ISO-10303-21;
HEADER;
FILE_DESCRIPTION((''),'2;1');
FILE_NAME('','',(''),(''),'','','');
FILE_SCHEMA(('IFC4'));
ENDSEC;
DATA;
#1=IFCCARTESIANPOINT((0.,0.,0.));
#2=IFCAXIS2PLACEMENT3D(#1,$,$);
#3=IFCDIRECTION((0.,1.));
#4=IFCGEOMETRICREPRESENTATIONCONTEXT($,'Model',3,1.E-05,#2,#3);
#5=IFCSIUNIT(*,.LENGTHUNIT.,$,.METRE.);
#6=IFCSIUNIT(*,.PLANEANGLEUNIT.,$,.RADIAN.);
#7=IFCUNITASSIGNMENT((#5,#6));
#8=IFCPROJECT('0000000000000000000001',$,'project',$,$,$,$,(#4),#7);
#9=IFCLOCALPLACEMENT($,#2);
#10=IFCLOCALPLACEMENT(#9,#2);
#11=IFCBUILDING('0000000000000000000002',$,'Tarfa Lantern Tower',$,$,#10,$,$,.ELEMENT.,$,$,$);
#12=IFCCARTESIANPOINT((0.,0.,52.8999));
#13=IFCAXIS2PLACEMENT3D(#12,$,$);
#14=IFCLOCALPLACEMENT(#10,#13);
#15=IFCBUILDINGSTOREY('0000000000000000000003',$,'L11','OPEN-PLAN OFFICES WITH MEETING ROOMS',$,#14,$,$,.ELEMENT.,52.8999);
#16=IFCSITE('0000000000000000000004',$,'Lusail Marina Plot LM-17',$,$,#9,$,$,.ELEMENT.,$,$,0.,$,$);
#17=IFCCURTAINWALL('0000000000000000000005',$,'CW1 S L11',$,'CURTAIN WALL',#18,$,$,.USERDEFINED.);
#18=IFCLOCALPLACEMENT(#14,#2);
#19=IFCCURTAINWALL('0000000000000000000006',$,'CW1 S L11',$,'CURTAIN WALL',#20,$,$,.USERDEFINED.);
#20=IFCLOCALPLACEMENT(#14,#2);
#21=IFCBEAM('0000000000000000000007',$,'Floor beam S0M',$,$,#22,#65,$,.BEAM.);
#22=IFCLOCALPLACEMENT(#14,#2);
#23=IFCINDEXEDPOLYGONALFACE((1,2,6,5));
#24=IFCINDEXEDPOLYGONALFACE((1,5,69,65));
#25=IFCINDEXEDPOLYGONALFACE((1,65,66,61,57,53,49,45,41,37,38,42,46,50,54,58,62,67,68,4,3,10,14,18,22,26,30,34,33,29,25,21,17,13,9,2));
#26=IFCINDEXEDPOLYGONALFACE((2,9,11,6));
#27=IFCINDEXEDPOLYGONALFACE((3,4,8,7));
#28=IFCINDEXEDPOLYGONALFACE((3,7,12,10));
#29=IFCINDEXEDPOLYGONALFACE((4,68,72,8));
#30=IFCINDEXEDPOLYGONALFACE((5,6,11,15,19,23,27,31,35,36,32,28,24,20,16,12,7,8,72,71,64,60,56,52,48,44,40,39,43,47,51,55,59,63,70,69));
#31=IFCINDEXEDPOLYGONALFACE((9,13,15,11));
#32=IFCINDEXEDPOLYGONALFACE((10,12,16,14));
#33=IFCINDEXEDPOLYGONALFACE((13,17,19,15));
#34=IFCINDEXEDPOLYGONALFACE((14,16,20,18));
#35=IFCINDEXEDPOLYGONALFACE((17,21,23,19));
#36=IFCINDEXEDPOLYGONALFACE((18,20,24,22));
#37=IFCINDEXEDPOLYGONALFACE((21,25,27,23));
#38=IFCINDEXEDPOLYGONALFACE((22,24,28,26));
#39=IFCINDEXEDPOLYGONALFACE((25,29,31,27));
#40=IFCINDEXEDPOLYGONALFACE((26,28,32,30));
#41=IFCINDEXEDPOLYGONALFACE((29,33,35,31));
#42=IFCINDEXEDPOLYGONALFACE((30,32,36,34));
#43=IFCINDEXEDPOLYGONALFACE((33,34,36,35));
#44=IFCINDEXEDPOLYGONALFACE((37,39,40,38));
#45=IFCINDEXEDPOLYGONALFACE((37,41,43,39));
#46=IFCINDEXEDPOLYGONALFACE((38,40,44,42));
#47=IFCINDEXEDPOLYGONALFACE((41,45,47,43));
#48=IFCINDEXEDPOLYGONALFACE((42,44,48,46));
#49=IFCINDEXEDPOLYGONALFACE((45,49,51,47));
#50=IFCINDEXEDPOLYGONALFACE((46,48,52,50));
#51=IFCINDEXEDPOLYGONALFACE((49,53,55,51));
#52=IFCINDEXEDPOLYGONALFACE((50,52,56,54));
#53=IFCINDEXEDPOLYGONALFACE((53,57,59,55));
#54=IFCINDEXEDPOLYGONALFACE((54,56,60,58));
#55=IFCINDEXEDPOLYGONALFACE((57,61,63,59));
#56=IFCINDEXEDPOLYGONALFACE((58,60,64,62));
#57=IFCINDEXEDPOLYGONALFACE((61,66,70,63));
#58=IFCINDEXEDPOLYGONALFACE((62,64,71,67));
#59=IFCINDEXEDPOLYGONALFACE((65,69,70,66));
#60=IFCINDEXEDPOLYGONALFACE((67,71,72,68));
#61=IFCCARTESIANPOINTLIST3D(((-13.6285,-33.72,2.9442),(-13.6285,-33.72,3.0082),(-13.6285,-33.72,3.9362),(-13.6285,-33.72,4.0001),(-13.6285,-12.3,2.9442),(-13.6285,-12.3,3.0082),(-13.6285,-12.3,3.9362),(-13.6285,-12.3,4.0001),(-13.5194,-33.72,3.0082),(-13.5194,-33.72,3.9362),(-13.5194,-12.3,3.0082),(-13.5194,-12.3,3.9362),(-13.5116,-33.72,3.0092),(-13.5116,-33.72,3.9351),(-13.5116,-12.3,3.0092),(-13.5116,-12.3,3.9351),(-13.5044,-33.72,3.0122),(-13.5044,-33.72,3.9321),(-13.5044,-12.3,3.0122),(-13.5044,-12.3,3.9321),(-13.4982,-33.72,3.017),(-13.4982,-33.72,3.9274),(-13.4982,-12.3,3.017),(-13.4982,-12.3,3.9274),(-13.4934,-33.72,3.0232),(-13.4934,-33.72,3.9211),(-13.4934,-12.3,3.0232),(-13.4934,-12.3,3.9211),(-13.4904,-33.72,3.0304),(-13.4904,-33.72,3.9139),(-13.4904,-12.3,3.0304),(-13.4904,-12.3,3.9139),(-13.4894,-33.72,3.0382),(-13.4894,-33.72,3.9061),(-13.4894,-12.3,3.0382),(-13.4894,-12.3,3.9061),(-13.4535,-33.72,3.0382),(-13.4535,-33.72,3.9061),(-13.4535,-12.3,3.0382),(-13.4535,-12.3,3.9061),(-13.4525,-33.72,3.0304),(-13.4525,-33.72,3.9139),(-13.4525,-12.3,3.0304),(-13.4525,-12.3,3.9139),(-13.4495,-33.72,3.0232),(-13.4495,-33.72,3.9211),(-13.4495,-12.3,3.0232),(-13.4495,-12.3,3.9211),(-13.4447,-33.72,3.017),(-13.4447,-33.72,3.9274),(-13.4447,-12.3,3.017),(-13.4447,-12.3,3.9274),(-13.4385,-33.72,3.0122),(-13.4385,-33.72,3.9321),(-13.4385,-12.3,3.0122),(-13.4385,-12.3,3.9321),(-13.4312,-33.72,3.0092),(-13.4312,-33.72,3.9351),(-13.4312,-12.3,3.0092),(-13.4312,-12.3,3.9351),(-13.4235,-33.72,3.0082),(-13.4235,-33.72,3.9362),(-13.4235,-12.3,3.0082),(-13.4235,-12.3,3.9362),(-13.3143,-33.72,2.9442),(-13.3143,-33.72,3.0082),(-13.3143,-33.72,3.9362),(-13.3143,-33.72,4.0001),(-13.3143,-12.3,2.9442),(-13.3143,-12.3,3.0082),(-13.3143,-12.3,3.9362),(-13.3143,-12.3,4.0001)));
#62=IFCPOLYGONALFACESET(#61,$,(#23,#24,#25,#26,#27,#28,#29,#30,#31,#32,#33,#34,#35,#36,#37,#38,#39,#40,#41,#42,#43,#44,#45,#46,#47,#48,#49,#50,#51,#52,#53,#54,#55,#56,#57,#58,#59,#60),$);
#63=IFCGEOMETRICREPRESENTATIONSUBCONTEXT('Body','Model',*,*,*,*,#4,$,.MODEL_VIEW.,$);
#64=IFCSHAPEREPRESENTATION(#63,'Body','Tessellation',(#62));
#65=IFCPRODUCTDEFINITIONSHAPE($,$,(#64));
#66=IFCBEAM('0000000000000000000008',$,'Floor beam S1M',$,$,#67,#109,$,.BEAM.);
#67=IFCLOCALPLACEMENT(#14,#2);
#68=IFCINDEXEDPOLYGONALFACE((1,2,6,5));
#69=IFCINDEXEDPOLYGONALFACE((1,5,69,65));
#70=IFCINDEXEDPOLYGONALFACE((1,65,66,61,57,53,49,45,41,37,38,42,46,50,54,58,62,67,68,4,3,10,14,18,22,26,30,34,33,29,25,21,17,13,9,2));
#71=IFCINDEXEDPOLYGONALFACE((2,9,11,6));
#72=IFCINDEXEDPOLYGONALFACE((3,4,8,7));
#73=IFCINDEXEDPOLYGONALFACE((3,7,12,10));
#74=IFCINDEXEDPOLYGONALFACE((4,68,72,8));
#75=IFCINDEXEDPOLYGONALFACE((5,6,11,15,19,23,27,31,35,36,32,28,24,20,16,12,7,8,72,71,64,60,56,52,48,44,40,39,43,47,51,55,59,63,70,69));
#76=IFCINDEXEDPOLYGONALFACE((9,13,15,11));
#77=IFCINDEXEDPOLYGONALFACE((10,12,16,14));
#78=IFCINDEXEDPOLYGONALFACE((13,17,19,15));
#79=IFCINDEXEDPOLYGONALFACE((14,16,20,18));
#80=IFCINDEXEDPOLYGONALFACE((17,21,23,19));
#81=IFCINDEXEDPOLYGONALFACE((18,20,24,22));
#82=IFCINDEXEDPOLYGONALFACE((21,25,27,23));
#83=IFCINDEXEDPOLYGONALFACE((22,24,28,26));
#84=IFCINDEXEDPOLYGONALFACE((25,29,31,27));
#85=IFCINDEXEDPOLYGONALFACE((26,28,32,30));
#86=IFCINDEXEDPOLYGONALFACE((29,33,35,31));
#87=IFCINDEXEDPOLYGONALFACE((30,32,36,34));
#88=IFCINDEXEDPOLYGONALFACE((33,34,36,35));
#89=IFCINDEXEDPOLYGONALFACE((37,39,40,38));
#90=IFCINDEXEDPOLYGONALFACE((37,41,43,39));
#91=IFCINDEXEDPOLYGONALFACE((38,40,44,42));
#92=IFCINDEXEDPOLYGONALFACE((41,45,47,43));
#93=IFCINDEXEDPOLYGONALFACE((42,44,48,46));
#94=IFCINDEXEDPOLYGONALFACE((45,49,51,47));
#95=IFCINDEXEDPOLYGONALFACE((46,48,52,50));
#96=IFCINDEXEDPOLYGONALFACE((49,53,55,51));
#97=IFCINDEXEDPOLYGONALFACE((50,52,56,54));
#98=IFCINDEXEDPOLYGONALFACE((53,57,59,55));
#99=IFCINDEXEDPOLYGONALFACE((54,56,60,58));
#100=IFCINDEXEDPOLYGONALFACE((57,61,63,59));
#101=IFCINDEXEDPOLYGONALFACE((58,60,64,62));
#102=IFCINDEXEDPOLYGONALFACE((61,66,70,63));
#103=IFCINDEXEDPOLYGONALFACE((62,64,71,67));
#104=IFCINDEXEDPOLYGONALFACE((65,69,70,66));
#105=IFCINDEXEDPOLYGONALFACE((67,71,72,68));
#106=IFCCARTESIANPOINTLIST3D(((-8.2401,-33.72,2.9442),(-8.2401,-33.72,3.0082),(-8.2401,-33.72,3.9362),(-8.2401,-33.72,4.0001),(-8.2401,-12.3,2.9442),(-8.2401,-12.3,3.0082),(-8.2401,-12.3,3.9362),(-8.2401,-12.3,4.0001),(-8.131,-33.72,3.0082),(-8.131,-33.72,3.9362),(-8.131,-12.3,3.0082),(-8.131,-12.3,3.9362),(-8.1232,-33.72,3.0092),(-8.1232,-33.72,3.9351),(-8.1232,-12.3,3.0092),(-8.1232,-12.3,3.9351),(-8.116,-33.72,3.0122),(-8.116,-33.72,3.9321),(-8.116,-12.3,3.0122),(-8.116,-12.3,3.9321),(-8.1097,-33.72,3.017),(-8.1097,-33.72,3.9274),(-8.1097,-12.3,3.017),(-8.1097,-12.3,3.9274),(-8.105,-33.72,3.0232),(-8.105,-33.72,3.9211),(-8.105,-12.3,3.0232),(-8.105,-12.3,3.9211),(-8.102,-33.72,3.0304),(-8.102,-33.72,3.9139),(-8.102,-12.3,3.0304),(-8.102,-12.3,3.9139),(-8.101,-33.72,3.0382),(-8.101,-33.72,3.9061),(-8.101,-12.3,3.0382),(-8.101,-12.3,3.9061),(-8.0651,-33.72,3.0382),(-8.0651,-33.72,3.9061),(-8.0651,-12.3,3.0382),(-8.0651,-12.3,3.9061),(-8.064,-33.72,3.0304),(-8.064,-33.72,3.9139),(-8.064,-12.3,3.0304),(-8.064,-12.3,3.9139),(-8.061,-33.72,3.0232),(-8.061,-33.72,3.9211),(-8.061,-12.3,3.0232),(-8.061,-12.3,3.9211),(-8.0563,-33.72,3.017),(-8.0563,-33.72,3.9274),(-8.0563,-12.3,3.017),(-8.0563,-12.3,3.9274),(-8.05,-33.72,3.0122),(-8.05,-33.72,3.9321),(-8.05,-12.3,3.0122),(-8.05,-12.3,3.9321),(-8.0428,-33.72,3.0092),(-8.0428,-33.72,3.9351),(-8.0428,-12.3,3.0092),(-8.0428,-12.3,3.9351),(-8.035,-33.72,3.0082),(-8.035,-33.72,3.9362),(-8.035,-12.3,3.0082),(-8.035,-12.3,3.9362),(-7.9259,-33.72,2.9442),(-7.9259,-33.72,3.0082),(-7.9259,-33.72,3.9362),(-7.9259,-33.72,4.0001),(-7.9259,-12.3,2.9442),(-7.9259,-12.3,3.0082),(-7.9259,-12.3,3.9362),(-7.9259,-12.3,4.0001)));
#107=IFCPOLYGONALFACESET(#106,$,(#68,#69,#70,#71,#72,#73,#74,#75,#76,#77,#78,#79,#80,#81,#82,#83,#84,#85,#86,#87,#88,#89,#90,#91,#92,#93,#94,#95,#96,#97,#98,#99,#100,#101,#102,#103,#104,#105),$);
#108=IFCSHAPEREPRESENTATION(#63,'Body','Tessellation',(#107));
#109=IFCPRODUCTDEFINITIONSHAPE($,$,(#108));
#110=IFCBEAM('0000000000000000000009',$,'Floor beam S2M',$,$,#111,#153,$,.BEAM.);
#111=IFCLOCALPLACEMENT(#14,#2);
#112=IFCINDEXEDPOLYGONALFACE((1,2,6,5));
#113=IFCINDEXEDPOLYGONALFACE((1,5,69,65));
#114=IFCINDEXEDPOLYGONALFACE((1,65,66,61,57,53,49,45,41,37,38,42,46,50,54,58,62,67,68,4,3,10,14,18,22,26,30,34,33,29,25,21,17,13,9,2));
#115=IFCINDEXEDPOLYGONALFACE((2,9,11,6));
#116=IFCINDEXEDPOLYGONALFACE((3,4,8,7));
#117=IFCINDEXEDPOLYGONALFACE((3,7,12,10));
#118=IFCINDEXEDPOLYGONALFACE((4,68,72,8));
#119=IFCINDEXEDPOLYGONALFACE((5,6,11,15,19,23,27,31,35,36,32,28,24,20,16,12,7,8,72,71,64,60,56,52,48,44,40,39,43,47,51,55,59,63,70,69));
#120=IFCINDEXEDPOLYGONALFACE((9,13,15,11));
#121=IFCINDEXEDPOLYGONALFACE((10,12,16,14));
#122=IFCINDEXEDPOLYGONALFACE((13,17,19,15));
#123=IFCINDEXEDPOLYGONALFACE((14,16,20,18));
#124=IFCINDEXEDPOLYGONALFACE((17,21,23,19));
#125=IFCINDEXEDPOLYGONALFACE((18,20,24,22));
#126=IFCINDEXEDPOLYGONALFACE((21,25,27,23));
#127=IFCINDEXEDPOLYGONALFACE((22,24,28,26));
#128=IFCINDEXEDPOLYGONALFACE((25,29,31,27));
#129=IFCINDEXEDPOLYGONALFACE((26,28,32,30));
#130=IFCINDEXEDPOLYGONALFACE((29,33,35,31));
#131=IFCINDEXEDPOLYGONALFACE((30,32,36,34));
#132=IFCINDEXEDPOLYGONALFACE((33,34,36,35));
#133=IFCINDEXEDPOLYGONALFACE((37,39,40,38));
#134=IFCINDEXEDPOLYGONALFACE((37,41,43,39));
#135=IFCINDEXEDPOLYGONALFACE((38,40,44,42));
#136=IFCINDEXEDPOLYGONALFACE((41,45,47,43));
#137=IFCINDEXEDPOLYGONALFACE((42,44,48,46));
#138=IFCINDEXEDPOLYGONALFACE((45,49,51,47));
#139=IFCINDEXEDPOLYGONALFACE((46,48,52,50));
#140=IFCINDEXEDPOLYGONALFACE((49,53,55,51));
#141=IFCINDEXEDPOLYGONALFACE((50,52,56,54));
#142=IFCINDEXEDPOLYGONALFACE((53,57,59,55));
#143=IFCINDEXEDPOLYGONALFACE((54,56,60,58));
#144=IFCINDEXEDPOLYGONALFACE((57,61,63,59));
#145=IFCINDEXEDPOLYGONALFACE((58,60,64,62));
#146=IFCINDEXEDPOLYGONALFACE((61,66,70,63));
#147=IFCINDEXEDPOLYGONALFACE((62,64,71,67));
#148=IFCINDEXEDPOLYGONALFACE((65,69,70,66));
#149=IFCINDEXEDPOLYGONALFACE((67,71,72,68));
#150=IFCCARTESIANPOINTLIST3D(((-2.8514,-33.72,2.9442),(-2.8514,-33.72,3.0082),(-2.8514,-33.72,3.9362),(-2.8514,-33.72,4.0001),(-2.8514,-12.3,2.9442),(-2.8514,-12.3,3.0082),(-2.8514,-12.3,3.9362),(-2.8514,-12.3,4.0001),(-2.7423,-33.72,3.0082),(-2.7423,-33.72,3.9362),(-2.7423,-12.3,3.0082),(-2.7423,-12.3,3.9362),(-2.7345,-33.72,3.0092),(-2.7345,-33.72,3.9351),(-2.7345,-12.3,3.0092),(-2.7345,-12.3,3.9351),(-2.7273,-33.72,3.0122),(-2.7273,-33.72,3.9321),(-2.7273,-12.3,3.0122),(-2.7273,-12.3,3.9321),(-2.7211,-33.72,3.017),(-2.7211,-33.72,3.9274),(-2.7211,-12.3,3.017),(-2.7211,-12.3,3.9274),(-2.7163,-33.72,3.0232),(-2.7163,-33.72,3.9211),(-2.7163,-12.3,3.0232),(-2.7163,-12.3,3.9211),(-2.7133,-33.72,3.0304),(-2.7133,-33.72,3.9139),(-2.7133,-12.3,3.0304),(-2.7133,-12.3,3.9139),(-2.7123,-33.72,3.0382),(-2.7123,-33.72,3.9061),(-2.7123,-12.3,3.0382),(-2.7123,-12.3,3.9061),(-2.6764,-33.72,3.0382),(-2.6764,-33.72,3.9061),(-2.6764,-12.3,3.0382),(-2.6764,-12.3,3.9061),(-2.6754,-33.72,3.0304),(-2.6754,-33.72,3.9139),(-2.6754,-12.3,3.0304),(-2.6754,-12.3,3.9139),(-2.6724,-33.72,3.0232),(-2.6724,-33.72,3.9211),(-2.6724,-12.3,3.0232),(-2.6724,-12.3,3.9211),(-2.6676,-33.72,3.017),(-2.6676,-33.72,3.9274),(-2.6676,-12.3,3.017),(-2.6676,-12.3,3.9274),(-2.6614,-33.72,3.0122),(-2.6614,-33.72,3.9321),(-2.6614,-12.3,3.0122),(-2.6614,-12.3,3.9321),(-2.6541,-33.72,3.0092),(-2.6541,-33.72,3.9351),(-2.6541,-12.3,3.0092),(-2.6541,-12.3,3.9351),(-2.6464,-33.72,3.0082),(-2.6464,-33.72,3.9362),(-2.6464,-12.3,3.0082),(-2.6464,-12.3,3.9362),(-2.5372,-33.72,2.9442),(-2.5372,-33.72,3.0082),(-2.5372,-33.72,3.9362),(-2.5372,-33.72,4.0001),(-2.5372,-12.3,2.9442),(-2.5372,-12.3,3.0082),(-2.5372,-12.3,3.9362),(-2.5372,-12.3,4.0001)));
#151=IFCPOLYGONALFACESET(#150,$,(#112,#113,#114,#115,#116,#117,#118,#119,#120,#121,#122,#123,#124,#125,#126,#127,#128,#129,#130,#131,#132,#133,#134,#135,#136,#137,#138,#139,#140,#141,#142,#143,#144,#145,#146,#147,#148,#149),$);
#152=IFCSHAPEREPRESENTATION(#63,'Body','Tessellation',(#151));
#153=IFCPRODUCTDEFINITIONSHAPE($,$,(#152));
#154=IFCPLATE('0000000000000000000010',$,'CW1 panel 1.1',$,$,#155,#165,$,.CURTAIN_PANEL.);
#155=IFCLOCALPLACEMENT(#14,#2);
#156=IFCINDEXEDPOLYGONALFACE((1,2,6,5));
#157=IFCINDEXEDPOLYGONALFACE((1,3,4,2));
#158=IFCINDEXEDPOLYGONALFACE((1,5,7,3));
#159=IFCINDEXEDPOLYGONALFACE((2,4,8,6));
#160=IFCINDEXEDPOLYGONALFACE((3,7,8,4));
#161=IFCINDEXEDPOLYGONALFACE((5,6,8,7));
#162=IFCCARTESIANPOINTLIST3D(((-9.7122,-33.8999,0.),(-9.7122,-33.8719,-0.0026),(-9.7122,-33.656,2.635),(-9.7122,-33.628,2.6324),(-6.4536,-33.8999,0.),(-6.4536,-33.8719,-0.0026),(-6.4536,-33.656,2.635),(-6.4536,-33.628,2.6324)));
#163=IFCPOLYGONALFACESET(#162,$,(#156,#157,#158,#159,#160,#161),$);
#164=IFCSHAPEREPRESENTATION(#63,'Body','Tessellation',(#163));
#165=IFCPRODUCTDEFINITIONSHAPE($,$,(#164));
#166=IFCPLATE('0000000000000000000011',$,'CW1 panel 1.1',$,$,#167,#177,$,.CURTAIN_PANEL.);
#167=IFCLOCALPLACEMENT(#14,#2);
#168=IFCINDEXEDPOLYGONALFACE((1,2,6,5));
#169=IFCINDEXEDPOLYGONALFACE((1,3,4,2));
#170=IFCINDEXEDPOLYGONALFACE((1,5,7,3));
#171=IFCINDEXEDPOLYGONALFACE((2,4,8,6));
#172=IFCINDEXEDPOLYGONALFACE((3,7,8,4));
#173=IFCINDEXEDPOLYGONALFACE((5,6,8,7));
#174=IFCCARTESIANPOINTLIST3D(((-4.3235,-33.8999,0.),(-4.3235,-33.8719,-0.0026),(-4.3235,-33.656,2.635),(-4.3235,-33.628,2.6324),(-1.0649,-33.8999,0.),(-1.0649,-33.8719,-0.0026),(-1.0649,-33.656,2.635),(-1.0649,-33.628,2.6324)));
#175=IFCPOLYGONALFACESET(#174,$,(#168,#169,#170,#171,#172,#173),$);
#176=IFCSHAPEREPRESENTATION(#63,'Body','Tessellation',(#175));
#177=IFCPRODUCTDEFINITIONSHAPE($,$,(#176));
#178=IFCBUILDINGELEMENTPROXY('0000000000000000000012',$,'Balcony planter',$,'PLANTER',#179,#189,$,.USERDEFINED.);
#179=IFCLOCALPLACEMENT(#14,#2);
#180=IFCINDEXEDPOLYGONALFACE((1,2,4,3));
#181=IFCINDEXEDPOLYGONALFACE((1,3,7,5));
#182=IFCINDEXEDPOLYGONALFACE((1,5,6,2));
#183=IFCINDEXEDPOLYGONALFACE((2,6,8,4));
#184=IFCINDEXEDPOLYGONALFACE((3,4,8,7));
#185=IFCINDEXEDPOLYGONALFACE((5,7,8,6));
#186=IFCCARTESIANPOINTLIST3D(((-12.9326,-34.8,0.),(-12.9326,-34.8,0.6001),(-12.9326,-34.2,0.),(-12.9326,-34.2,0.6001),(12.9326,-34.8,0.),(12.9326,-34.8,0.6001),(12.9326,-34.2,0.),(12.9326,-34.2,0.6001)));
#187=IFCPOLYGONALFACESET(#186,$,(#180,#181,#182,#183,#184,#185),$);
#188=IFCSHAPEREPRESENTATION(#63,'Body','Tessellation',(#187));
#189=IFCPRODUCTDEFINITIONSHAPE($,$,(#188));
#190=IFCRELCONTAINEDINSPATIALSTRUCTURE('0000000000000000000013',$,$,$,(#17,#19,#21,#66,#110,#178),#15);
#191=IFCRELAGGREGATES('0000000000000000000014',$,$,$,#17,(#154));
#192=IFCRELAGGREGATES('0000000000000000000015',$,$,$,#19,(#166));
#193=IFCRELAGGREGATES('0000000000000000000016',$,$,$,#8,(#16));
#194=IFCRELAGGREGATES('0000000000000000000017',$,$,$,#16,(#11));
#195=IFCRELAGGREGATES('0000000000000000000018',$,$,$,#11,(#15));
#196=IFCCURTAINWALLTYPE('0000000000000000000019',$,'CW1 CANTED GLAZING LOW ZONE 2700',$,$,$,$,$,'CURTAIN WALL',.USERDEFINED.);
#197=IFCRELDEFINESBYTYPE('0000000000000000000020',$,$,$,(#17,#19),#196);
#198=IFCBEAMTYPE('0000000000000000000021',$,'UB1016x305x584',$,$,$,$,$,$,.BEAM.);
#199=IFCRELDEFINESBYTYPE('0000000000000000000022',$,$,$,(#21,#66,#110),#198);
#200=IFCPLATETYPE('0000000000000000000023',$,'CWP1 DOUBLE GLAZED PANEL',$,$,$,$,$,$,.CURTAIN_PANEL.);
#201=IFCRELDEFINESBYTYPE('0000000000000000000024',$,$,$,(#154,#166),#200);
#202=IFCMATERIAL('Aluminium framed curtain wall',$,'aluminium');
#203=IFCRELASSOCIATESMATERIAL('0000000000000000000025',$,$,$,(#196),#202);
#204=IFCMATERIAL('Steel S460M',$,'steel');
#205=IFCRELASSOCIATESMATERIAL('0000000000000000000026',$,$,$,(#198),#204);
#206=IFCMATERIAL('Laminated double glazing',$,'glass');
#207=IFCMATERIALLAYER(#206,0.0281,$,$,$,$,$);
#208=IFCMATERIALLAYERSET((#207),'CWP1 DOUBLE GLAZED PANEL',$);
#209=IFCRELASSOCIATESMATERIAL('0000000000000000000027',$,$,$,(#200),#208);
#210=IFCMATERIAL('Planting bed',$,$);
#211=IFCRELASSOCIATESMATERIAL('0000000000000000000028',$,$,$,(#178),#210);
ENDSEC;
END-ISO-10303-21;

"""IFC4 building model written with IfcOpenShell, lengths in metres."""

from ifc_helpers import new_model, si_unit, direction, frame, origin, origin_2d, place, context, subcontext, project, spatial, polyline, rectangle, i_section, outline, extrude, material, layer, layer_set, material_profile, profile_set, type_object, element, aggregate, save


model = new_model("IFC4")

# Units and contexts
model_context = context("Model", 3, precision=1e-05, world=origin(), true_north=direction((0.0, 1.0)))
body_context = subcontext(model_context, "Body", "Model", "MODEL_VIEW")
ifc_project = project(units=[si_unit("LENGTHUNIT", "METRE"), si_unit("PLANEANGLEUNIT", "RADIAN")], contexts=[model_context])

# Site, building, storey
site_placement = place(None, origin())
site = spatial("IfcSite", under=ifc_project, at=site_placement, Name="Lusail Marina Plot LM-17", CompositionType="ELEMENT", RefElevation=0.0)
building_placement = place(site_placement, origin())
building = spatial("IfcBuilding", under=site, at=building_placement, Name="Tarfa Lantern Tower", CompositionType="ELEMENT")
storey_placement = place(building_placement, frame((0.0, 0.0, 52.8999)))
storey = spatial("IfcBuildingStorey", under=building, at=storey_placement, Name="L11", Description="OPEN-PLAN OFFICES WITH MEETING ROOMS", CompositionType="ELEMENT", Elevation=52.8999)

# Shared definitions
ifc_material_1 = material(Name="Aluminium framed curtain wall", Category="aluminium")
curtain_wall_type = type_object("IfcCurtainWallType", Name="CW1 CANTED GLAZING LOW ZONE 2700", ElementType="CURTAIN WALL", PredefinedType="USERDEFINED", material=ifc_material_1)

# Curtain walls
curtain_wall_1_placement = place(storey_placement, origin())
curtain_wall_1 = element("IfcCurtainWall", 1, at=curtain_wall_1_placement, inside=storey, type_object=curtain_wall_type, Name="CW1 S L11", ObjectType="CURTAIN WALL", PredefinedType="USERDEFINED")
curtain_wall_2_placement = place(storey_placement, origin())
curtain_wall_2 = element("IfcCurtainWall", 2, at=curtain_wall_2_placement, inside=storey, type_object=curtain_wall_type, Name="CW1 S L11", ObjectType="CURTAIN WALL", PredefinedType="USERDEFINED")

# Beams
ifc_material_2 = material(Name="Steel S460M", Category="steel")
ifc_material_profile_1 = material_profile(ifc_material_2, i_section(OverallWidth=0.3142, OverallDepth=1.0559, WebThickness=0.0359, FlangeThickness=0.064, FilletRadius=0.03, at=origin_2d()), Name="UB1016x305x584")
ifc_profile_set_1 = profile_set([ifc_material_profile_1], Name="Steel S460M")
beam_type_1 = type_object("IfcBeamType", Name="UB1016x305x584", PredefinedType="BEAM", material=ifc_profile_set_1)
for number, where, z_axis, x_axis, name in (
    (3, (-13.4714, -33.72, 3.4722), (0.0, 1.0, 0.0), (-1.0, 0.0, 0.0), "Floor beam S0M"),
    (4, (-8.083, -33.72, 3.4722), (0.0, 1.0, 0.0), (-1.0, 0.0, 0.0), "Floor beam S1M"),
    (5, (-2.6943, -33.72, 3.4722), (0.0, 1.0, 0.0), (-1.0, 0.0, 0.0), "Floor beam S2M"),
):
    element("IfcBeam", number, at=place(storey_placement, frame(where, z_axis=z_axis, x_axis=x_axis)), inside=storey, type_object=beam_type_1, Name=name, PredefinedType="BEAM", context=body_context, shape_type="SweptSolid", body=[
        extrude(i_section(OverallWidth=0.3142, OverallDepth=1.0559, WebThickness=0.0359, FlangeThickness=0.064, FilletRadius=0.03, at=origin_2d()), origin(), (0.0, 0.0, 1.0), 21.4199),
    ])

# Plates
ifc_material_3 = material(Name="Laminated double glazing", Category="glass")
ifc_layer = layer(ifc_material_3, 0.0281)
ifc_layer_set = layer_set([ifc_layer], Name="CWP1 DOUBLE GLAZED PANEL")
plate_type = type_object("IfcPlateType", Name="CWP1 DOUBLE GLAZED PANEL", PredefinedType="CURTAIN_PANEL", material=ifc_layer_set)
plate_1_placement = place(storey_placement, frame((-9.7122, -33.8999, 0.0), z_axis=(0.0, -0.995744, 0.092166), x_axis=(1.0, 0.0, 0.0)))
plate_1 = element("IfcPlate", 6, at=plate_1_placement, type_object=plate_type, Name="CW1 panel 1.1", PredefinedType="CURTAIN_PANEL", context=body_context, shape_type="SweptSolid", body=[
    extrude(outline(polyline([(0.0, 0.0), (3.2585, 0.0), (3.2585, 2.6463), (0.0, 2.6463), (0.0, 0.0)])), origin(), (0.0, 0.0, -1.0), 0.0281),
])
aggregate(curtain_wall_1, [plate_1])
plate_2_placement = place(storey_placement, frame((-4.3235, -33.8999, 0.0), z_axis=(0.0, -0.995744, 0.092166), x_axis=(1.0, 0.0, 0.0)))
plate_2 = element("IfcPlate", 7, at=plate_2_placement, type_object=plate_type, Name="CW1 panel 1.1", PredefinedType="CURTAIN_PANEL", context=body_context, shape_type="SweptSolid", body=[
    extrude(outline(polyline([(0.0, 0.0), (3.2585, 0.0), (3.2585, 2.6463), (0.0, 2.6463), (0.0, 0.0)])), origin(), (0.0, 0.0, -1.0), 0.0281),
])
aggregate(curtain_wall_2, [plate_2])

# Building element proxy
ifc_material_4 = material(Name="Planting bed")
proxy_placement = place(storey_placement, frame((0.0, -34.5, 0.0), z_axis=(0.0, 0.0, 1.0), x_axis=(1.0, 0.0, 0.0)))
element("IfcBuildingElementProxy", 8, at=proxy_placement, inside=storey, material=ifc_material_4, Name="Balcony planter", ObjectType="PLANTER", PredefinedType="USERDEFINED", context=body_context, shape_type="SweptSolid", body=[
    extrude(rectangle(XDim=25.8652, YDim=0.6001, at=origin_2d()), origin(), (0.0, 0.0, 1.0), 0.6001),
])

save(model, "model.ifc")
